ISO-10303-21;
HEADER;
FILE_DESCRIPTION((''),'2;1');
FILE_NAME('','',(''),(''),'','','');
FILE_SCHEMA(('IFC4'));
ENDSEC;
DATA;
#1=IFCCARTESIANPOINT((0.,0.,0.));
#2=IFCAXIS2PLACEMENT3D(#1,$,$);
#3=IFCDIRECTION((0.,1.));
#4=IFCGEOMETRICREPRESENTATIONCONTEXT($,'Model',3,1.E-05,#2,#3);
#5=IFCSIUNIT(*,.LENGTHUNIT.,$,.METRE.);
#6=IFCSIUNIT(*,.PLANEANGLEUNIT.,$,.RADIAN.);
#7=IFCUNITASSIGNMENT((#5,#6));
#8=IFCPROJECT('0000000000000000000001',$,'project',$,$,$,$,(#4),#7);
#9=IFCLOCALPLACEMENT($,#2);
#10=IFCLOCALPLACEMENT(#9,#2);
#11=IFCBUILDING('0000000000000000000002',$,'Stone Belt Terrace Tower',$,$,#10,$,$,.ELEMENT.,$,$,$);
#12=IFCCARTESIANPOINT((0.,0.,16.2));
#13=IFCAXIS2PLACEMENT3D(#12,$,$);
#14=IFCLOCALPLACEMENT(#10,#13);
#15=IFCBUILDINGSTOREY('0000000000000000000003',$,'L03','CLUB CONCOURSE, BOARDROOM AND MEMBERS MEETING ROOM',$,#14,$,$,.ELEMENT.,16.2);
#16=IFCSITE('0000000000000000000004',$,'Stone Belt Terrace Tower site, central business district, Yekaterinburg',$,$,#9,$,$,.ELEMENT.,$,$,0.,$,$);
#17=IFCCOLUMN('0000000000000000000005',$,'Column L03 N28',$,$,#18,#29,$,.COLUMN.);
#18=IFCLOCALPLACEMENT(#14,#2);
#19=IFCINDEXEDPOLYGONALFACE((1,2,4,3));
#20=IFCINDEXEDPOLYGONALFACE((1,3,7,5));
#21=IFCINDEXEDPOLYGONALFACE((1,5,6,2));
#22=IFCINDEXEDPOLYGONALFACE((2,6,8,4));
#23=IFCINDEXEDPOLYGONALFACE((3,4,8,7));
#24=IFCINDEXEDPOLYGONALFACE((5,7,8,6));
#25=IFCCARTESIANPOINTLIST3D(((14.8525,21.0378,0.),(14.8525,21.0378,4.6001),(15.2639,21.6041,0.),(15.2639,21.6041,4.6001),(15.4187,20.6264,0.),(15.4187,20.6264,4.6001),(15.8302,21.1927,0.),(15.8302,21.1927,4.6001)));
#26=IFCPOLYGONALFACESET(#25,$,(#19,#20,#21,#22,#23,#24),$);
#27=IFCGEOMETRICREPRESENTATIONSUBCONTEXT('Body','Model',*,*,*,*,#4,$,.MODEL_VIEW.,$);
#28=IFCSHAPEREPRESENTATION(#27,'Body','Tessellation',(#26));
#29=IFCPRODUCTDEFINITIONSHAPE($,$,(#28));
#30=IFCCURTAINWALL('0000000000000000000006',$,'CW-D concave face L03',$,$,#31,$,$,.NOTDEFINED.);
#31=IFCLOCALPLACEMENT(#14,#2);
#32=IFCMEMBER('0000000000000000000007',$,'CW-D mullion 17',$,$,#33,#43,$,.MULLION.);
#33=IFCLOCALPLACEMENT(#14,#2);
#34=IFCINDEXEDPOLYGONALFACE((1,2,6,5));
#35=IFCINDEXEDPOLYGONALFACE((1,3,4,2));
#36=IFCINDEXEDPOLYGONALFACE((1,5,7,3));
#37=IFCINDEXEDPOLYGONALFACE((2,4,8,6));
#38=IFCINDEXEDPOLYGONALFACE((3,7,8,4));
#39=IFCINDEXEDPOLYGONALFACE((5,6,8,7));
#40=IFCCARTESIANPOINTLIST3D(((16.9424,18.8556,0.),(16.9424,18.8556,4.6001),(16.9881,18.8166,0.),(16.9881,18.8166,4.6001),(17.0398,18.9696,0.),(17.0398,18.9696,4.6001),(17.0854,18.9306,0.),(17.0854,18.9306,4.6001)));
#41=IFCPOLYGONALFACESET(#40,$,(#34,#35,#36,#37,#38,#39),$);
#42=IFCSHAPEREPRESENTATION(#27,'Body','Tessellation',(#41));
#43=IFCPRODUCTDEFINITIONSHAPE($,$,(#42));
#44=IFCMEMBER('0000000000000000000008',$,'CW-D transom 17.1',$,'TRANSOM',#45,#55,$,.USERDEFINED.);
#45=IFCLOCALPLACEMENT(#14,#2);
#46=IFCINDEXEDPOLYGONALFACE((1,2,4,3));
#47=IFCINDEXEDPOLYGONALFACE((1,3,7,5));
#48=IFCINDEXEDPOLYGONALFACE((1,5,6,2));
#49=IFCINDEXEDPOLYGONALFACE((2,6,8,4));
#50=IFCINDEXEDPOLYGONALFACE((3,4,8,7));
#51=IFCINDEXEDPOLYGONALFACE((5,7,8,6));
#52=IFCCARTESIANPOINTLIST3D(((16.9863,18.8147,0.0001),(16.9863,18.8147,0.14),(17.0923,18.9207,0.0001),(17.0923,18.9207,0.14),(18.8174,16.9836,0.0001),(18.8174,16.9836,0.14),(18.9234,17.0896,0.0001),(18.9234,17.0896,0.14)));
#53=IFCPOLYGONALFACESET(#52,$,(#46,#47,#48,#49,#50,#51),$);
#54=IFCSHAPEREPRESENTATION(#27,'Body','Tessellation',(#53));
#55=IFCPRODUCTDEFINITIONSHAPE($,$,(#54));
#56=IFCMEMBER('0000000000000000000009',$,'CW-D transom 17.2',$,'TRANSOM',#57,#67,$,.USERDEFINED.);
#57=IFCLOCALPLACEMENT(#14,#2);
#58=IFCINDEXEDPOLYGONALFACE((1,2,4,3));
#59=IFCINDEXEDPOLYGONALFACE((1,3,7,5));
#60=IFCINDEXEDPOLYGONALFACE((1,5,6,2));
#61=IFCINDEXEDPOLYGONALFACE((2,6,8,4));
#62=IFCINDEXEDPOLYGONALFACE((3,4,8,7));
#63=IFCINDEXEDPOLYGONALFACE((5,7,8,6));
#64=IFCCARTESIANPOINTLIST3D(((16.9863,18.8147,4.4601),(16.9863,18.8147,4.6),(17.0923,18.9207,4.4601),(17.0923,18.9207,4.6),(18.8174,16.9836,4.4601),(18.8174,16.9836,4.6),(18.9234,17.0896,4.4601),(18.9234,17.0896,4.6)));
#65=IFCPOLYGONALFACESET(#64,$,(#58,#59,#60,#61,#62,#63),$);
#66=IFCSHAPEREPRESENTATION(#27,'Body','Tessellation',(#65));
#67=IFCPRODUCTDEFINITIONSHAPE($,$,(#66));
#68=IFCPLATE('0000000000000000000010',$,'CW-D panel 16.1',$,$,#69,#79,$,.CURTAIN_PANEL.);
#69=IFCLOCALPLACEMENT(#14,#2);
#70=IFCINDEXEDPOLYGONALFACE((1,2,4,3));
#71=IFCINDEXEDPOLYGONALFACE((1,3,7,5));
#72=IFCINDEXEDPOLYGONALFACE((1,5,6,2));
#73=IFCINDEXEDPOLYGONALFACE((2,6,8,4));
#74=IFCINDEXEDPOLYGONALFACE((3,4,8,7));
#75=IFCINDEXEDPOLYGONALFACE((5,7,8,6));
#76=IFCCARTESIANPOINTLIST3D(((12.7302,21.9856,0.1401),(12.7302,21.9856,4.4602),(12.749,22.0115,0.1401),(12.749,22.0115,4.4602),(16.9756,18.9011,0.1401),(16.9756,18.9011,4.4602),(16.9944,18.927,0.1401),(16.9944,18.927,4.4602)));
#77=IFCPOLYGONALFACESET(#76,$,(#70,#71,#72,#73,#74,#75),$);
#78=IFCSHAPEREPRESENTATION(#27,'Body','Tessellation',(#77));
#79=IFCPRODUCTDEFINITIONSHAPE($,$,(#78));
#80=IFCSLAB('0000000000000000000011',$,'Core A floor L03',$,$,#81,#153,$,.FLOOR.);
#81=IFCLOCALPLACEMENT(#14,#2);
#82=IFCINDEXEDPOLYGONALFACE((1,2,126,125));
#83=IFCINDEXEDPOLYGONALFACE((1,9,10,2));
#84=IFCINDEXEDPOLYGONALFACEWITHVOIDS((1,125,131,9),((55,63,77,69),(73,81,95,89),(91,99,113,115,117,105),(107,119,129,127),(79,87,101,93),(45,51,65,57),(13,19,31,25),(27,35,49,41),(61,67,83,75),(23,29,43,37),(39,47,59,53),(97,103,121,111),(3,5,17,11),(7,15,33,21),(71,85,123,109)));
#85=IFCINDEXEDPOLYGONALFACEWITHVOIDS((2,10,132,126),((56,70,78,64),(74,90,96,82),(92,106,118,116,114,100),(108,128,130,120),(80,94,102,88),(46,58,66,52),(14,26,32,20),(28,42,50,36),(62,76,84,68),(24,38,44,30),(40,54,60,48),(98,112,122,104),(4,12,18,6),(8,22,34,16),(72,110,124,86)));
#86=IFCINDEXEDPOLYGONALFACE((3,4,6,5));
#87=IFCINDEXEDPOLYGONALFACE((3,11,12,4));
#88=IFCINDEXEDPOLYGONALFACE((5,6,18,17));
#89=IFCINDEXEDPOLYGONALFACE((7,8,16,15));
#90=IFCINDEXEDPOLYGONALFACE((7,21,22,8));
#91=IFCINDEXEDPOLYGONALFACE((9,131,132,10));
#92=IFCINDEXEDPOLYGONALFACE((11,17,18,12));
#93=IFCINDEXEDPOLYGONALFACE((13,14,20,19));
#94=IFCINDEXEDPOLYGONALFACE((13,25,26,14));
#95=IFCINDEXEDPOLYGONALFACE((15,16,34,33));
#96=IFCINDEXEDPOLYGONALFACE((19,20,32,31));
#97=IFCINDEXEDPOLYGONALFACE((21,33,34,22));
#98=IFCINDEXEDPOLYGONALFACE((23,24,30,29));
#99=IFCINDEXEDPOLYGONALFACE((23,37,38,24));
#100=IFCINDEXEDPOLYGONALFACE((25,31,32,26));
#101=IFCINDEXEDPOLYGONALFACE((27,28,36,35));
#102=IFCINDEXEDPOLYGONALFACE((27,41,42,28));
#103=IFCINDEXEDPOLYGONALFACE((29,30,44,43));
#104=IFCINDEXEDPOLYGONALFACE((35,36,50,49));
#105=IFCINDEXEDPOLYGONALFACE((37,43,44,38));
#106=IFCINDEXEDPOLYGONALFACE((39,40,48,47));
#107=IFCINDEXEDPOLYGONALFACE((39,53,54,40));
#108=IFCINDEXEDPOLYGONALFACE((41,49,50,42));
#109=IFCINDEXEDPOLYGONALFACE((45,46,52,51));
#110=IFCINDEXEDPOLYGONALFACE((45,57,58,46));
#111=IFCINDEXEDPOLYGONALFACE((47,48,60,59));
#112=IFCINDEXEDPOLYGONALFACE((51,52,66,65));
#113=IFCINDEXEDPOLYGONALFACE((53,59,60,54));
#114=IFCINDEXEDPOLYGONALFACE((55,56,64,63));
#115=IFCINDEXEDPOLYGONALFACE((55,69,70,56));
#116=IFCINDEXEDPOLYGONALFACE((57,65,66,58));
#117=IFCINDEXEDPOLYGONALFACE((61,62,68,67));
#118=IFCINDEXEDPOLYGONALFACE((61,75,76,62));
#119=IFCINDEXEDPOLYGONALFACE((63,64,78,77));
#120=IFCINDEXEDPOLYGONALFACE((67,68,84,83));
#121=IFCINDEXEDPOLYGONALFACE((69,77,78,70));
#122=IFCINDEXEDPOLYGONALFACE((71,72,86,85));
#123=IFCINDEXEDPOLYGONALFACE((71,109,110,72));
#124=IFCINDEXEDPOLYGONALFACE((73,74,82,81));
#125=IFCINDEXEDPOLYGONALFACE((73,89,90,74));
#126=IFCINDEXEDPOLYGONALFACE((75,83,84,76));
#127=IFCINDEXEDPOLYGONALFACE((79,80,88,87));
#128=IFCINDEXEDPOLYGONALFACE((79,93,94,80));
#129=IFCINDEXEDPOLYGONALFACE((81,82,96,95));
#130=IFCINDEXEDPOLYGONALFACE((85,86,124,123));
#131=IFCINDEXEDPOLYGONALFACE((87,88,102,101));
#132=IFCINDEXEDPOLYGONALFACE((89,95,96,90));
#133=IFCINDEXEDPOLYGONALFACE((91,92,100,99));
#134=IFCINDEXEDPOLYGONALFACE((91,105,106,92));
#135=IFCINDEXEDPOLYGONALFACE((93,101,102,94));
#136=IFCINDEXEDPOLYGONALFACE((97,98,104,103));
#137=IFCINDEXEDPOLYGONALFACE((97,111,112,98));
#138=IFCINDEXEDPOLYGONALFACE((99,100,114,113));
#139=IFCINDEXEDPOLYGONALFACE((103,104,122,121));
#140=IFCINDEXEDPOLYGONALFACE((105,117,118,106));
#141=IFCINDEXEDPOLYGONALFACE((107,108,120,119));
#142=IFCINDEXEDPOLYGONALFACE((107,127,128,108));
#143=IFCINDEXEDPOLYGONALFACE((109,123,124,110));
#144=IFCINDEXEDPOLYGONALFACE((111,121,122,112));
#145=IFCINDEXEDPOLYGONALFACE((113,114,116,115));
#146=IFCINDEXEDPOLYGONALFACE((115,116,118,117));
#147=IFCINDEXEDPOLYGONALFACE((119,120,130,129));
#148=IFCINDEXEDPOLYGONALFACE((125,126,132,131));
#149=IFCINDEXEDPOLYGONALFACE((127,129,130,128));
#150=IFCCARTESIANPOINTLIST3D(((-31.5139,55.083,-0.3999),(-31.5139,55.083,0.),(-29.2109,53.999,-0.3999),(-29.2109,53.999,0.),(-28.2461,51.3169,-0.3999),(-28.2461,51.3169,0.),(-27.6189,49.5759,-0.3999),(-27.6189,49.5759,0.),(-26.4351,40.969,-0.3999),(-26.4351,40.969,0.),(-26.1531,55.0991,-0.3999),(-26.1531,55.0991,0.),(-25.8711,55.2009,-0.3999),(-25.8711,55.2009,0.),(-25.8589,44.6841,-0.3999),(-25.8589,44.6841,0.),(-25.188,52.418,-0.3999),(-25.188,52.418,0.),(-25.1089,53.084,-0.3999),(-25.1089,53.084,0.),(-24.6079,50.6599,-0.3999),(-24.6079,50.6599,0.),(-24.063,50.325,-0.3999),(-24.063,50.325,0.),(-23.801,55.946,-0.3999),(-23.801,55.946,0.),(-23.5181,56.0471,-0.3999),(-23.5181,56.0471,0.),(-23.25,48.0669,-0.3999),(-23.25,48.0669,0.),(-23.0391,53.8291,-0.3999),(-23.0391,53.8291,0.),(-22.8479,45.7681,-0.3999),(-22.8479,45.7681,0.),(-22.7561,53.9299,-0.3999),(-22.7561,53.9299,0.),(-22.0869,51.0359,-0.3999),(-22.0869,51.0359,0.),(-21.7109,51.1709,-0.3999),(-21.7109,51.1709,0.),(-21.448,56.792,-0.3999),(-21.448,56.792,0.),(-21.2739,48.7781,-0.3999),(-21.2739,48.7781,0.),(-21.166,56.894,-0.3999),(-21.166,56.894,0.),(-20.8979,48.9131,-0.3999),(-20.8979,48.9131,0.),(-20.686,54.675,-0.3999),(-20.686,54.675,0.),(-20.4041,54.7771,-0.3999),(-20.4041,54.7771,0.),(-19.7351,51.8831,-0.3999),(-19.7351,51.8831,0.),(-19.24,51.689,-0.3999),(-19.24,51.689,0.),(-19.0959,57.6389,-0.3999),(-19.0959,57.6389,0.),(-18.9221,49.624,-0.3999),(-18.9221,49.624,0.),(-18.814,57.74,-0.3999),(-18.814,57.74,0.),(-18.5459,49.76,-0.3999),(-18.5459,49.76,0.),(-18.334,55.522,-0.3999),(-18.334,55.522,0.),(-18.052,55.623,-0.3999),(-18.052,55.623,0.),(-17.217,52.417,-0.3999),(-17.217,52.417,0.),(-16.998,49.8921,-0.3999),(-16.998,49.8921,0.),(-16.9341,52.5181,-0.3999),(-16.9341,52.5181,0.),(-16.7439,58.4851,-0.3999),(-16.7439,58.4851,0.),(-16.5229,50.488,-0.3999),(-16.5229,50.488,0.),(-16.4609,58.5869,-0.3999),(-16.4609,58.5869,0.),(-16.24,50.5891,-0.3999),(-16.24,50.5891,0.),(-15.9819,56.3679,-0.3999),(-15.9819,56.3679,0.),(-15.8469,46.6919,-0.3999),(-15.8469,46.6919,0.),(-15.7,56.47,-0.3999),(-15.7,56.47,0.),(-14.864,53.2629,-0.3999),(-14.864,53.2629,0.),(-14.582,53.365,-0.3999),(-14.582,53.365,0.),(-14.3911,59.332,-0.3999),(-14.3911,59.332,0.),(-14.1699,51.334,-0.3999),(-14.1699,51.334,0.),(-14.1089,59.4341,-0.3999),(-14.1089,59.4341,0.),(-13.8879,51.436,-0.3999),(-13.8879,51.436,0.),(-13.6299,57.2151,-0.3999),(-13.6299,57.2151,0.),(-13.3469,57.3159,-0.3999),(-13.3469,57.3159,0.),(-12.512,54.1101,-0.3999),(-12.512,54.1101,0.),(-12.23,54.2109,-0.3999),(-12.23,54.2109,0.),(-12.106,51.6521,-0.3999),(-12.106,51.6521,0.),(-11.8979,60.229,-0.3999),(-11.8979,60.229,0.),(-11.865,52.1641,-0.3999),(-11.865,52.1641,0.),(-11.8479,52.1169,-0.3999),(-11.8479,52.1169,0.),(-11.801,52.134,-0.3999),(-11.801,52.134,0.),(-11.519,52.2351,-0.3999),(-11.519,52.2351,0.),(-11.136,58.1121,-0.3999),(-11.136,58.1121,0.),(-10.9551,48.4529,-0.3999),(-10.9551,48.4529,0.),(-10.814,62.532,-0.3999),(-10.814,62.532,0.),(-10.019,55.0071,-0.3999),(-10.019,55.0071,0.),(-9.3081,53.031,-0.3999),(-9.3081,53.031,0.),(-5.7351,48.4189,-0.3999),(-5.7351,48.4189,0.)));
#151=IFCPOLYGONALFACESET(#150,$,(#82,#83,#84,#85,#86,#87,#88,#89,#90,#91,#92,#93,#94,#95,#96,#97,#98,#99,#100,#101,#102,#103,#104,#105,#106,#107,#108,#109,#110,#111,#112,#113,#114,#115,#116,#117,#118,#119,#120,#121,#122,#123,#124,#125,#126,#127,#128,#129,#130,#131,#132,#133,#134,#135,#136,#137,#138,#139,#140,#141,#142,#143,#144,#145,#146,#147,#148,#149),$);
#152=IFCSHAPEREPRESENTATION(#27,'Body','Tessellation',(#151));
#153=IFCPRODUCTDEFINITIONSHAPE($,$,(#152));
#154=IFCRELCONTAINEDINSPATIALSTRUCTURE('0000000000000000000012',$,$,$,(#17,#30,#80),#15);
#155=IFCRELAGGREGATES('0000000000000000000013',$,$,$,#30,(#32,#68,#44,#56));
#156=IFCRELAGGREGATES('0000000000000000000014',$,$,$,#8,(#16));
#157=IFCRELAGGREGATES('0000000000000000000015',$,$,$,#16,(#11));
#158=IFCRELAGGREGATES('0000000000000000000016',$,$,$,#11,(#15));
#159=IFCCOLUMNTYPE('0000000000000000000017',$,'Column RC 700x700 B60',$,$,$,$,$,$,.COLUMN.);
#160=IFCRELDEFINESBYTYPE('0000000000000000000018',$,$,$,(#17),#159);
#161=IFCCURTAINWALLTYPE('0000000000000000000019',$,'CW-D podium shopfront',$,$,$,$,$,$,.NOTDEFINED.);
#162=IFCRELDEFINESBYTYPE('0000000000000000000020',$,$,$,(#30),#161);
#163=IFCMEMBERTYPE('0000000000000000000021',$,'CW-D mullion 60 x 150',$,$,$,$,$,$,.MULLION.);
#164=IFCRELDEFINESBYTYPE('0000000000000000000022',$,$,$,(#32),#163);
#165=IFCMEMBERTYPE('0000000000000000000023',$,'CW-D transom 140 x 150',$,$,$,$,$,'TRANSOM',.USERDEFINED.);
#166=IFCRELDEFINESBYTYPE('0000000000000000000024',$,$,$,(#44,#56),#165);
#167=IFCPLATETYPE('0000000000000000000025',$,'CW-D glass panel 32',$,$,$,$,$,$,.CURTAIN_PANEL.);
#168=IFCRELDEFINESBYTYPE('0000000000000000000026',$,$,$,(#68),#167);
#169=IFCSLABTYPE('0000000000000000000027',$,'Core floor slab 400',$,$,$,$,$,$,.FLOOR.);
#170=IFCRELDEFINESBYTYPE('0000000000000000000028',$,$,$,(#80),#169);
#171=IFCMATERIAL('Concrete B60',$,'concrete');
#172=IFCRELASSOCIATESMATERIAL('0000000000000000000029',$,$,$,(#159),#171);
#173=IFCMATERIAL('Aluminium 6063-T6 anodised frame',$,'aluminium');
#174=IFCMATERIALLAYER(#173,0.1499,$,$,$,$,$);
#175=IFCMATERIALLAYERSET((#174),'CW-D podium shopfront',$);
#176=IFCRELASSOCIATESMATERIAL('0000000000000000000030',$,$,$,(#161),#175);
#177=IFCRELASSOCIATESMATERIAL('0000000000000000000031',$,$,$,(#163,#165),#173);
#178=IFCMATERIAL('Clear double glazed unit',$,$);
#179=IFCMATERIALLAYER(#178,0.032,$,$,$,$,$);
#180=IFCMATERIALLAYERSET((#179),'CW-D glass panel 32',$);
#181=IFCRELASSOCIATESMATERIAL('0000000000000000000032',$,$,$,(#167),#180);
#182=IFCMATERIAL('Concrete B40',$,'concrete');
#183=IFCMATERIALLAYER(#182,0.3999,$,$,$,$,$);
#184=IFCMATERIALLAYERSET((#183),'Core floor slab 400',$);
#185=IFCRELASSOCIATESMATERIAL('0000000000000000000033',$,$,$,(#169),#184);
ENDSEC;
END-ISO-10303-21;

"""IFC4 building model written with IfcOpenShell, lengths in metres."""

from ifc_helpers import new_model, si_unit, direction, frame, origin, origin_2d, place, context, subcontext, project, spatial, polyline, rectangle, outline, extrude, material, layer, layer_set, material_profile, profile_set, type_object, element, aggregate, save


model = new_model("IFC4")

# Units and contexts
model_context = context("Model", 3, precision=1e-05, world=origin(), true_north=direction((0.0, 1.0)))
body_context = subcontext(model_context, "Body", "Model", "MODEL_VIEW")
ifc_project = project(units=[si_unit("LENGTHUNIT", "METRE"), si_unit("PLANEANGLEUNIT", "RADIAN")], contexts=[model_context])

# Site, building, storey
site_placement = place(None, origin())
site = spatial("IfcSite", under=ifc_project, at=site_placement, Name="Stone Belt Terrace Tower site, central business district, Yekaterinburg", CompositionType="ELEMENT", RefElevation=0.0)
building_placement = place(site_placement, origin())
building = spatial("IfcBuilding", under=site, at=building_placement, Name="Stone Belt Terrace Tower", CompositionType="ELEMENT")
storey_placement = place(building_placement, frame((0.0, 0.0, 16.2)))
storey = spatial("IfcBuildingStorey", under=building, at=storey_placement, Name="L03", Description="CLUB CONCOURSE, BOARDROOM AND MEMBERS MEETING ROOM", CompositionType="ELEMENT", Elevation=16.2)

# Column
ifc_material_1 = material(Name="Concrete B60", Category="concrete")
ifc_material_profile_1 = material_profile(ifc_material_1, rectangle(XDim=0.7, YDim=0.7, at=origin_2d()), Name="RC 700x700")
ifc_profile_set_1 = profile_set([ifc_material_profile_1], Name="Concrete B60")
column_type = type_object("IfcColumnType", Name="Column RC 700x700 B60", PredefinedType="COLUMN", material=ifc_profile_set_1)
column_placement = place(storey_placement, frame((15.3413, 21.1152, 0.0), z_axis=(0.0, 0.0, 1.0), x_axis=(0.809017, -0.587785, 0.0)))
element("IfcColumn", 1, at=column_placement, inside=storey, type_object=column_type, Name="Column L03 N28", PredefinedType="COLUMN", context=body_context, shape_type="SweptSolid", body=[
    extrude(rectangle(XDim=0.7, YDim=0.7, at=origin_2d()), origin(), (0.0, 0.0, 1.0), 4.6001),
])

# Curtain wall, members, plate
ifc_material_2 = material(Name="Aluminium 6063-T6 anodised frame", Category="aluminium")
ifc_layer_1 = layer(ifc_material_2, 0.1499)
ifc_layer_set_1 = layer_set([ifc_layer_1], Name="CW-D podium shopfront")
curtain_wall_type = type_object("IfcCurtainWallType", Name="CW-D podium shopfront", PredefinedType="NOTDEFINED", material=ifc_layer_set_1)
curtain_wall_placement = place(storey_placement, origin())
curtain_wall = element("IfcCurtainWall", 2, at=curtain_wall_placement, inside=storey, type_object=curtain_wall_type, Name="CW-D concave face L03", PredefinedType="NOTDEFINED")
ifc_material_profile_2 = material_profile(ifc_material_2, rectangle(XDim=0.1499, YDim=0.0601, at=origin_2d()), Name="Aluminium 6063-T6 60x150")
ifc_profile_set_2 = profile_set([ifc_material_profile_2], Name="Aluminium 6063-T6 anodised frame")
member_type_1 = type_object("IfcMemberType", Name="CW-D mullion 60 x 150", PredefinedType="MULLION", material=ifc_profile_set_2)
member_1_placement = place(storey_placement, frame((17.0139, 18.8931, 0.0), z_axis=(0.0, 0.0, 1.0), x_axis=(0.649448, 0.760406, 0.0)))
member_1 = element("IfcMember", 3, at=member_1_placement, type_object=member_type_1, Name="CW-D mullion 17", PredefinedType="MULLION", context=body_context, shape_type="SweptSolid", body=[
    extrude(rectangle(XDim=0.1499, YDim=0.0601, at=origin_2d()), origin(), (0.0, 0.0, 1.0), 4.6001),
])
ifc_material_profile_3 = material_profile(ifc_material_2, rectangle(XDim=0.1499, YDim=0.1399, at=origin_2d()), Name="Aluminium 6063-T6 150x140")
ifc_profile_set_3 = profile_set([ifc_material_profile_3], Name="Aluminium 6063-T6 anodised frame")
member_type_2 = type_object("IfcMemberType", Name="CW-D transom 140 x 150", ElementType="TRANSOM", PredefinedType="USERDEFINED", material=ifc_profile_set_3)
member_2_placement = place(storey_placement, frame((17.0393, 18.8677, 0.0701), z_axis=(0.707107, -0.707107, 0.0), x_axis=(0.707107, 0.707107, 0.0)))
member_2 = element("IfcMember", 4, at=member_2_placement, type_object=member_type_2, Name="CW-D transom 17.1", ObjectType="TRANSOM", PredefinedType="USERDEFINED", context=body_context, shape_type="SweptSolid", body=[
    extrude(rectangle(XDim=0.1499, YDim=0.1399, at=origin_2d()), origin(), (0.0, 0.0, 1.0), 2.5896),
])
member_3_placement = place(storey_placement, frame((17.0393, 18.8677, 4.53), z_axis=(0.707107, -0.707107, 0.0), x_axis=(0.707107, 0.707107, 0.0)))
member_3 = element("IfcMember", 5, at=member_3_placement, type_object=member_type_2, Name="CW-D transom 17.2", ObjectType="TRANSOM", PredefinedType="USERDEFINED", context=body_context, shape_type="SweptSolid", body=[
    extrude(rectangle(XDim=0.1499, YDim=0.1399, at=origin_2d()), origin(), (0.0, 0.0, 1.0), 2.5896),
])
ifc_material_3 = material(Name="Clear double glazed unit")
ifc_layer_2 = layer(ifc_material_3, 0.032)
ifc_layer_set_2 = layer_set([ifc_layer_2], Name="CW-D glass panel 32")
plate_type = type_object("IfcPlateType", Name="CW-D glass panel 32", PredefinedType="CURTAIN_PANEL", material=ifc_layer_set_2)
plate_placement = place(storey_placement, frame((14.8623, 20.4563, 0.1401), z_axis=(0.0, 0.0, 1.0), x_axis=(0.809017, -0.587785, 0.0)))
plate = element("IfcPlate", 6, at=plate_placement, type_object=plate_type, Name="CW-D panel 16.1", PredefinedType="CURTAIN_PANEL", context=body_context, shape_type="SweptSolid", body=[
    extrude(rectangle(XDim=5.2476, YDim=0.032, at=origin_2d()), origin(), (0.0, 0.0, 1.0), 4.3201),
])
aggregate(curtain_wall, [member_1, plate, member_2, member_3])

# Slab
ifc_material_4 = material(Name="Concrete B40", Category="concrete")
ifc_layer_3 = layer(ifc_material_4, 0.3999)
ifc_layer_set_3 = layer_set([ifc_layer_3], Name="Core floor slab 400")
slab_type_1 = type_object("IfcSlabType", Name="Core floor slab 400", PredefinedType="FLOOR", material=ifc_layer_set_3)
slab_1_placement = place(storey_placement, frame((0.0, 0.0, -0.3999)))
element("IfcSlab", 7, at=slab_1_placement, inside=storey, type_object=slab_type_1, Name="Core A floor L03", PredefinedType="FLOOR", context=body_context, shape_type="SweptSolid", body=[
    extrude(outline(polyline([(-26.4351, 40.969), (-5.7351, 48.4189), (-10.814, 62.532), (-31.5139, 55.083), (-26.4351, 40.969)]), holes=[polyline([(-24.6079, 50.6599), (-22.8479, 45.7681), (-25.8589, 44.6841), (-27.6189, 49.5759), (-24.6079, 50.6599)]), polyline([(-21.2739, 48.7781), (-23.25, 48.0669), (-24.063, 50.325), (-22.0869, 51.0359), (-21.2739, 48.7781)]), polyline([(-18.9221, 49.624), (-20.8979, 48.9131), (-21.7109, 51.1709), (-19.7351, 51.8831), (-18.9221, 49.624)]), polyline([(-19.24, 51.689), (-17.217, 52.417), (-16.5229, 50.488), (-18.5459, 49.76), (-19.24, 51.689)]), polyline([(-29.2109, 53.999), (-26.1531, 55.0991), (-25.188, 52.418), (-28.2461, 51.3169), (-29.2109, 53.999)]), polyline([(-23.801, 55.946), (-23.0391, 53.8291), (-25.1089, 53.084), (-25.8711, 55.2009), (-23.801, 55.946)]), polyline([(-21.448, 56.792), (-20.686, 54.675), (-22.7561, 53.9299), (-23.5181, 56.0471), (-21.448, 56.792)]), polyline([(-19.0959, 57.6389), (-18.334, 55.522), (-20.4041, 54.7771), (-21.166, 56.894), (-19.0959, 57.6389)]), polyline([(-15.8469, 46.6919), (-16.998, 49.8921), (-12.106, 51.6521), (-10.9551, 48.4529), (-15.8469, 46.6919)]), polyline([(-16.24, 50.5891), (-16.9341, 52.5181), (-14.864, 53.2629), (-14.1699, 51.334), (-16.24, 50.5891)]), polyline([(-11.801, 52.134), (-11.8479, 52.1169), (-11.865, 52.1641), (-13.8879, 51.436), (-14.582, 53.365), (-12.512, 54.1101), (-11.801, 52.134)]), polyline([(-9.3081, 53.031), (-11.519, 52.2351), (-12.23, 54.2109), (-10.019, 55.0071), (-9.3081, 53.031)]), polyline([(-16.7439, 58.4851), (-15.9819, 56.3679), (-18.052, 55.623), (-18.814, 57.74), (-16.7439, 58.4851)]), polyline([(-14.3911, 59.332), (-13.6299, 57.2151), (-15.7, 56.47), (-16.4609, 58.5869), (-14.3911, 59.332)]), polyline([(-11.8979, 60.229), (-11.136, 58.1121), (-13.3469, 57.3159), (-14.1089, 59.4341), (-11.8979, 60.229)])]), origin(), (0.0, 0.0, 1.0), 0.3999),
])

save(model, "model.ifc")
